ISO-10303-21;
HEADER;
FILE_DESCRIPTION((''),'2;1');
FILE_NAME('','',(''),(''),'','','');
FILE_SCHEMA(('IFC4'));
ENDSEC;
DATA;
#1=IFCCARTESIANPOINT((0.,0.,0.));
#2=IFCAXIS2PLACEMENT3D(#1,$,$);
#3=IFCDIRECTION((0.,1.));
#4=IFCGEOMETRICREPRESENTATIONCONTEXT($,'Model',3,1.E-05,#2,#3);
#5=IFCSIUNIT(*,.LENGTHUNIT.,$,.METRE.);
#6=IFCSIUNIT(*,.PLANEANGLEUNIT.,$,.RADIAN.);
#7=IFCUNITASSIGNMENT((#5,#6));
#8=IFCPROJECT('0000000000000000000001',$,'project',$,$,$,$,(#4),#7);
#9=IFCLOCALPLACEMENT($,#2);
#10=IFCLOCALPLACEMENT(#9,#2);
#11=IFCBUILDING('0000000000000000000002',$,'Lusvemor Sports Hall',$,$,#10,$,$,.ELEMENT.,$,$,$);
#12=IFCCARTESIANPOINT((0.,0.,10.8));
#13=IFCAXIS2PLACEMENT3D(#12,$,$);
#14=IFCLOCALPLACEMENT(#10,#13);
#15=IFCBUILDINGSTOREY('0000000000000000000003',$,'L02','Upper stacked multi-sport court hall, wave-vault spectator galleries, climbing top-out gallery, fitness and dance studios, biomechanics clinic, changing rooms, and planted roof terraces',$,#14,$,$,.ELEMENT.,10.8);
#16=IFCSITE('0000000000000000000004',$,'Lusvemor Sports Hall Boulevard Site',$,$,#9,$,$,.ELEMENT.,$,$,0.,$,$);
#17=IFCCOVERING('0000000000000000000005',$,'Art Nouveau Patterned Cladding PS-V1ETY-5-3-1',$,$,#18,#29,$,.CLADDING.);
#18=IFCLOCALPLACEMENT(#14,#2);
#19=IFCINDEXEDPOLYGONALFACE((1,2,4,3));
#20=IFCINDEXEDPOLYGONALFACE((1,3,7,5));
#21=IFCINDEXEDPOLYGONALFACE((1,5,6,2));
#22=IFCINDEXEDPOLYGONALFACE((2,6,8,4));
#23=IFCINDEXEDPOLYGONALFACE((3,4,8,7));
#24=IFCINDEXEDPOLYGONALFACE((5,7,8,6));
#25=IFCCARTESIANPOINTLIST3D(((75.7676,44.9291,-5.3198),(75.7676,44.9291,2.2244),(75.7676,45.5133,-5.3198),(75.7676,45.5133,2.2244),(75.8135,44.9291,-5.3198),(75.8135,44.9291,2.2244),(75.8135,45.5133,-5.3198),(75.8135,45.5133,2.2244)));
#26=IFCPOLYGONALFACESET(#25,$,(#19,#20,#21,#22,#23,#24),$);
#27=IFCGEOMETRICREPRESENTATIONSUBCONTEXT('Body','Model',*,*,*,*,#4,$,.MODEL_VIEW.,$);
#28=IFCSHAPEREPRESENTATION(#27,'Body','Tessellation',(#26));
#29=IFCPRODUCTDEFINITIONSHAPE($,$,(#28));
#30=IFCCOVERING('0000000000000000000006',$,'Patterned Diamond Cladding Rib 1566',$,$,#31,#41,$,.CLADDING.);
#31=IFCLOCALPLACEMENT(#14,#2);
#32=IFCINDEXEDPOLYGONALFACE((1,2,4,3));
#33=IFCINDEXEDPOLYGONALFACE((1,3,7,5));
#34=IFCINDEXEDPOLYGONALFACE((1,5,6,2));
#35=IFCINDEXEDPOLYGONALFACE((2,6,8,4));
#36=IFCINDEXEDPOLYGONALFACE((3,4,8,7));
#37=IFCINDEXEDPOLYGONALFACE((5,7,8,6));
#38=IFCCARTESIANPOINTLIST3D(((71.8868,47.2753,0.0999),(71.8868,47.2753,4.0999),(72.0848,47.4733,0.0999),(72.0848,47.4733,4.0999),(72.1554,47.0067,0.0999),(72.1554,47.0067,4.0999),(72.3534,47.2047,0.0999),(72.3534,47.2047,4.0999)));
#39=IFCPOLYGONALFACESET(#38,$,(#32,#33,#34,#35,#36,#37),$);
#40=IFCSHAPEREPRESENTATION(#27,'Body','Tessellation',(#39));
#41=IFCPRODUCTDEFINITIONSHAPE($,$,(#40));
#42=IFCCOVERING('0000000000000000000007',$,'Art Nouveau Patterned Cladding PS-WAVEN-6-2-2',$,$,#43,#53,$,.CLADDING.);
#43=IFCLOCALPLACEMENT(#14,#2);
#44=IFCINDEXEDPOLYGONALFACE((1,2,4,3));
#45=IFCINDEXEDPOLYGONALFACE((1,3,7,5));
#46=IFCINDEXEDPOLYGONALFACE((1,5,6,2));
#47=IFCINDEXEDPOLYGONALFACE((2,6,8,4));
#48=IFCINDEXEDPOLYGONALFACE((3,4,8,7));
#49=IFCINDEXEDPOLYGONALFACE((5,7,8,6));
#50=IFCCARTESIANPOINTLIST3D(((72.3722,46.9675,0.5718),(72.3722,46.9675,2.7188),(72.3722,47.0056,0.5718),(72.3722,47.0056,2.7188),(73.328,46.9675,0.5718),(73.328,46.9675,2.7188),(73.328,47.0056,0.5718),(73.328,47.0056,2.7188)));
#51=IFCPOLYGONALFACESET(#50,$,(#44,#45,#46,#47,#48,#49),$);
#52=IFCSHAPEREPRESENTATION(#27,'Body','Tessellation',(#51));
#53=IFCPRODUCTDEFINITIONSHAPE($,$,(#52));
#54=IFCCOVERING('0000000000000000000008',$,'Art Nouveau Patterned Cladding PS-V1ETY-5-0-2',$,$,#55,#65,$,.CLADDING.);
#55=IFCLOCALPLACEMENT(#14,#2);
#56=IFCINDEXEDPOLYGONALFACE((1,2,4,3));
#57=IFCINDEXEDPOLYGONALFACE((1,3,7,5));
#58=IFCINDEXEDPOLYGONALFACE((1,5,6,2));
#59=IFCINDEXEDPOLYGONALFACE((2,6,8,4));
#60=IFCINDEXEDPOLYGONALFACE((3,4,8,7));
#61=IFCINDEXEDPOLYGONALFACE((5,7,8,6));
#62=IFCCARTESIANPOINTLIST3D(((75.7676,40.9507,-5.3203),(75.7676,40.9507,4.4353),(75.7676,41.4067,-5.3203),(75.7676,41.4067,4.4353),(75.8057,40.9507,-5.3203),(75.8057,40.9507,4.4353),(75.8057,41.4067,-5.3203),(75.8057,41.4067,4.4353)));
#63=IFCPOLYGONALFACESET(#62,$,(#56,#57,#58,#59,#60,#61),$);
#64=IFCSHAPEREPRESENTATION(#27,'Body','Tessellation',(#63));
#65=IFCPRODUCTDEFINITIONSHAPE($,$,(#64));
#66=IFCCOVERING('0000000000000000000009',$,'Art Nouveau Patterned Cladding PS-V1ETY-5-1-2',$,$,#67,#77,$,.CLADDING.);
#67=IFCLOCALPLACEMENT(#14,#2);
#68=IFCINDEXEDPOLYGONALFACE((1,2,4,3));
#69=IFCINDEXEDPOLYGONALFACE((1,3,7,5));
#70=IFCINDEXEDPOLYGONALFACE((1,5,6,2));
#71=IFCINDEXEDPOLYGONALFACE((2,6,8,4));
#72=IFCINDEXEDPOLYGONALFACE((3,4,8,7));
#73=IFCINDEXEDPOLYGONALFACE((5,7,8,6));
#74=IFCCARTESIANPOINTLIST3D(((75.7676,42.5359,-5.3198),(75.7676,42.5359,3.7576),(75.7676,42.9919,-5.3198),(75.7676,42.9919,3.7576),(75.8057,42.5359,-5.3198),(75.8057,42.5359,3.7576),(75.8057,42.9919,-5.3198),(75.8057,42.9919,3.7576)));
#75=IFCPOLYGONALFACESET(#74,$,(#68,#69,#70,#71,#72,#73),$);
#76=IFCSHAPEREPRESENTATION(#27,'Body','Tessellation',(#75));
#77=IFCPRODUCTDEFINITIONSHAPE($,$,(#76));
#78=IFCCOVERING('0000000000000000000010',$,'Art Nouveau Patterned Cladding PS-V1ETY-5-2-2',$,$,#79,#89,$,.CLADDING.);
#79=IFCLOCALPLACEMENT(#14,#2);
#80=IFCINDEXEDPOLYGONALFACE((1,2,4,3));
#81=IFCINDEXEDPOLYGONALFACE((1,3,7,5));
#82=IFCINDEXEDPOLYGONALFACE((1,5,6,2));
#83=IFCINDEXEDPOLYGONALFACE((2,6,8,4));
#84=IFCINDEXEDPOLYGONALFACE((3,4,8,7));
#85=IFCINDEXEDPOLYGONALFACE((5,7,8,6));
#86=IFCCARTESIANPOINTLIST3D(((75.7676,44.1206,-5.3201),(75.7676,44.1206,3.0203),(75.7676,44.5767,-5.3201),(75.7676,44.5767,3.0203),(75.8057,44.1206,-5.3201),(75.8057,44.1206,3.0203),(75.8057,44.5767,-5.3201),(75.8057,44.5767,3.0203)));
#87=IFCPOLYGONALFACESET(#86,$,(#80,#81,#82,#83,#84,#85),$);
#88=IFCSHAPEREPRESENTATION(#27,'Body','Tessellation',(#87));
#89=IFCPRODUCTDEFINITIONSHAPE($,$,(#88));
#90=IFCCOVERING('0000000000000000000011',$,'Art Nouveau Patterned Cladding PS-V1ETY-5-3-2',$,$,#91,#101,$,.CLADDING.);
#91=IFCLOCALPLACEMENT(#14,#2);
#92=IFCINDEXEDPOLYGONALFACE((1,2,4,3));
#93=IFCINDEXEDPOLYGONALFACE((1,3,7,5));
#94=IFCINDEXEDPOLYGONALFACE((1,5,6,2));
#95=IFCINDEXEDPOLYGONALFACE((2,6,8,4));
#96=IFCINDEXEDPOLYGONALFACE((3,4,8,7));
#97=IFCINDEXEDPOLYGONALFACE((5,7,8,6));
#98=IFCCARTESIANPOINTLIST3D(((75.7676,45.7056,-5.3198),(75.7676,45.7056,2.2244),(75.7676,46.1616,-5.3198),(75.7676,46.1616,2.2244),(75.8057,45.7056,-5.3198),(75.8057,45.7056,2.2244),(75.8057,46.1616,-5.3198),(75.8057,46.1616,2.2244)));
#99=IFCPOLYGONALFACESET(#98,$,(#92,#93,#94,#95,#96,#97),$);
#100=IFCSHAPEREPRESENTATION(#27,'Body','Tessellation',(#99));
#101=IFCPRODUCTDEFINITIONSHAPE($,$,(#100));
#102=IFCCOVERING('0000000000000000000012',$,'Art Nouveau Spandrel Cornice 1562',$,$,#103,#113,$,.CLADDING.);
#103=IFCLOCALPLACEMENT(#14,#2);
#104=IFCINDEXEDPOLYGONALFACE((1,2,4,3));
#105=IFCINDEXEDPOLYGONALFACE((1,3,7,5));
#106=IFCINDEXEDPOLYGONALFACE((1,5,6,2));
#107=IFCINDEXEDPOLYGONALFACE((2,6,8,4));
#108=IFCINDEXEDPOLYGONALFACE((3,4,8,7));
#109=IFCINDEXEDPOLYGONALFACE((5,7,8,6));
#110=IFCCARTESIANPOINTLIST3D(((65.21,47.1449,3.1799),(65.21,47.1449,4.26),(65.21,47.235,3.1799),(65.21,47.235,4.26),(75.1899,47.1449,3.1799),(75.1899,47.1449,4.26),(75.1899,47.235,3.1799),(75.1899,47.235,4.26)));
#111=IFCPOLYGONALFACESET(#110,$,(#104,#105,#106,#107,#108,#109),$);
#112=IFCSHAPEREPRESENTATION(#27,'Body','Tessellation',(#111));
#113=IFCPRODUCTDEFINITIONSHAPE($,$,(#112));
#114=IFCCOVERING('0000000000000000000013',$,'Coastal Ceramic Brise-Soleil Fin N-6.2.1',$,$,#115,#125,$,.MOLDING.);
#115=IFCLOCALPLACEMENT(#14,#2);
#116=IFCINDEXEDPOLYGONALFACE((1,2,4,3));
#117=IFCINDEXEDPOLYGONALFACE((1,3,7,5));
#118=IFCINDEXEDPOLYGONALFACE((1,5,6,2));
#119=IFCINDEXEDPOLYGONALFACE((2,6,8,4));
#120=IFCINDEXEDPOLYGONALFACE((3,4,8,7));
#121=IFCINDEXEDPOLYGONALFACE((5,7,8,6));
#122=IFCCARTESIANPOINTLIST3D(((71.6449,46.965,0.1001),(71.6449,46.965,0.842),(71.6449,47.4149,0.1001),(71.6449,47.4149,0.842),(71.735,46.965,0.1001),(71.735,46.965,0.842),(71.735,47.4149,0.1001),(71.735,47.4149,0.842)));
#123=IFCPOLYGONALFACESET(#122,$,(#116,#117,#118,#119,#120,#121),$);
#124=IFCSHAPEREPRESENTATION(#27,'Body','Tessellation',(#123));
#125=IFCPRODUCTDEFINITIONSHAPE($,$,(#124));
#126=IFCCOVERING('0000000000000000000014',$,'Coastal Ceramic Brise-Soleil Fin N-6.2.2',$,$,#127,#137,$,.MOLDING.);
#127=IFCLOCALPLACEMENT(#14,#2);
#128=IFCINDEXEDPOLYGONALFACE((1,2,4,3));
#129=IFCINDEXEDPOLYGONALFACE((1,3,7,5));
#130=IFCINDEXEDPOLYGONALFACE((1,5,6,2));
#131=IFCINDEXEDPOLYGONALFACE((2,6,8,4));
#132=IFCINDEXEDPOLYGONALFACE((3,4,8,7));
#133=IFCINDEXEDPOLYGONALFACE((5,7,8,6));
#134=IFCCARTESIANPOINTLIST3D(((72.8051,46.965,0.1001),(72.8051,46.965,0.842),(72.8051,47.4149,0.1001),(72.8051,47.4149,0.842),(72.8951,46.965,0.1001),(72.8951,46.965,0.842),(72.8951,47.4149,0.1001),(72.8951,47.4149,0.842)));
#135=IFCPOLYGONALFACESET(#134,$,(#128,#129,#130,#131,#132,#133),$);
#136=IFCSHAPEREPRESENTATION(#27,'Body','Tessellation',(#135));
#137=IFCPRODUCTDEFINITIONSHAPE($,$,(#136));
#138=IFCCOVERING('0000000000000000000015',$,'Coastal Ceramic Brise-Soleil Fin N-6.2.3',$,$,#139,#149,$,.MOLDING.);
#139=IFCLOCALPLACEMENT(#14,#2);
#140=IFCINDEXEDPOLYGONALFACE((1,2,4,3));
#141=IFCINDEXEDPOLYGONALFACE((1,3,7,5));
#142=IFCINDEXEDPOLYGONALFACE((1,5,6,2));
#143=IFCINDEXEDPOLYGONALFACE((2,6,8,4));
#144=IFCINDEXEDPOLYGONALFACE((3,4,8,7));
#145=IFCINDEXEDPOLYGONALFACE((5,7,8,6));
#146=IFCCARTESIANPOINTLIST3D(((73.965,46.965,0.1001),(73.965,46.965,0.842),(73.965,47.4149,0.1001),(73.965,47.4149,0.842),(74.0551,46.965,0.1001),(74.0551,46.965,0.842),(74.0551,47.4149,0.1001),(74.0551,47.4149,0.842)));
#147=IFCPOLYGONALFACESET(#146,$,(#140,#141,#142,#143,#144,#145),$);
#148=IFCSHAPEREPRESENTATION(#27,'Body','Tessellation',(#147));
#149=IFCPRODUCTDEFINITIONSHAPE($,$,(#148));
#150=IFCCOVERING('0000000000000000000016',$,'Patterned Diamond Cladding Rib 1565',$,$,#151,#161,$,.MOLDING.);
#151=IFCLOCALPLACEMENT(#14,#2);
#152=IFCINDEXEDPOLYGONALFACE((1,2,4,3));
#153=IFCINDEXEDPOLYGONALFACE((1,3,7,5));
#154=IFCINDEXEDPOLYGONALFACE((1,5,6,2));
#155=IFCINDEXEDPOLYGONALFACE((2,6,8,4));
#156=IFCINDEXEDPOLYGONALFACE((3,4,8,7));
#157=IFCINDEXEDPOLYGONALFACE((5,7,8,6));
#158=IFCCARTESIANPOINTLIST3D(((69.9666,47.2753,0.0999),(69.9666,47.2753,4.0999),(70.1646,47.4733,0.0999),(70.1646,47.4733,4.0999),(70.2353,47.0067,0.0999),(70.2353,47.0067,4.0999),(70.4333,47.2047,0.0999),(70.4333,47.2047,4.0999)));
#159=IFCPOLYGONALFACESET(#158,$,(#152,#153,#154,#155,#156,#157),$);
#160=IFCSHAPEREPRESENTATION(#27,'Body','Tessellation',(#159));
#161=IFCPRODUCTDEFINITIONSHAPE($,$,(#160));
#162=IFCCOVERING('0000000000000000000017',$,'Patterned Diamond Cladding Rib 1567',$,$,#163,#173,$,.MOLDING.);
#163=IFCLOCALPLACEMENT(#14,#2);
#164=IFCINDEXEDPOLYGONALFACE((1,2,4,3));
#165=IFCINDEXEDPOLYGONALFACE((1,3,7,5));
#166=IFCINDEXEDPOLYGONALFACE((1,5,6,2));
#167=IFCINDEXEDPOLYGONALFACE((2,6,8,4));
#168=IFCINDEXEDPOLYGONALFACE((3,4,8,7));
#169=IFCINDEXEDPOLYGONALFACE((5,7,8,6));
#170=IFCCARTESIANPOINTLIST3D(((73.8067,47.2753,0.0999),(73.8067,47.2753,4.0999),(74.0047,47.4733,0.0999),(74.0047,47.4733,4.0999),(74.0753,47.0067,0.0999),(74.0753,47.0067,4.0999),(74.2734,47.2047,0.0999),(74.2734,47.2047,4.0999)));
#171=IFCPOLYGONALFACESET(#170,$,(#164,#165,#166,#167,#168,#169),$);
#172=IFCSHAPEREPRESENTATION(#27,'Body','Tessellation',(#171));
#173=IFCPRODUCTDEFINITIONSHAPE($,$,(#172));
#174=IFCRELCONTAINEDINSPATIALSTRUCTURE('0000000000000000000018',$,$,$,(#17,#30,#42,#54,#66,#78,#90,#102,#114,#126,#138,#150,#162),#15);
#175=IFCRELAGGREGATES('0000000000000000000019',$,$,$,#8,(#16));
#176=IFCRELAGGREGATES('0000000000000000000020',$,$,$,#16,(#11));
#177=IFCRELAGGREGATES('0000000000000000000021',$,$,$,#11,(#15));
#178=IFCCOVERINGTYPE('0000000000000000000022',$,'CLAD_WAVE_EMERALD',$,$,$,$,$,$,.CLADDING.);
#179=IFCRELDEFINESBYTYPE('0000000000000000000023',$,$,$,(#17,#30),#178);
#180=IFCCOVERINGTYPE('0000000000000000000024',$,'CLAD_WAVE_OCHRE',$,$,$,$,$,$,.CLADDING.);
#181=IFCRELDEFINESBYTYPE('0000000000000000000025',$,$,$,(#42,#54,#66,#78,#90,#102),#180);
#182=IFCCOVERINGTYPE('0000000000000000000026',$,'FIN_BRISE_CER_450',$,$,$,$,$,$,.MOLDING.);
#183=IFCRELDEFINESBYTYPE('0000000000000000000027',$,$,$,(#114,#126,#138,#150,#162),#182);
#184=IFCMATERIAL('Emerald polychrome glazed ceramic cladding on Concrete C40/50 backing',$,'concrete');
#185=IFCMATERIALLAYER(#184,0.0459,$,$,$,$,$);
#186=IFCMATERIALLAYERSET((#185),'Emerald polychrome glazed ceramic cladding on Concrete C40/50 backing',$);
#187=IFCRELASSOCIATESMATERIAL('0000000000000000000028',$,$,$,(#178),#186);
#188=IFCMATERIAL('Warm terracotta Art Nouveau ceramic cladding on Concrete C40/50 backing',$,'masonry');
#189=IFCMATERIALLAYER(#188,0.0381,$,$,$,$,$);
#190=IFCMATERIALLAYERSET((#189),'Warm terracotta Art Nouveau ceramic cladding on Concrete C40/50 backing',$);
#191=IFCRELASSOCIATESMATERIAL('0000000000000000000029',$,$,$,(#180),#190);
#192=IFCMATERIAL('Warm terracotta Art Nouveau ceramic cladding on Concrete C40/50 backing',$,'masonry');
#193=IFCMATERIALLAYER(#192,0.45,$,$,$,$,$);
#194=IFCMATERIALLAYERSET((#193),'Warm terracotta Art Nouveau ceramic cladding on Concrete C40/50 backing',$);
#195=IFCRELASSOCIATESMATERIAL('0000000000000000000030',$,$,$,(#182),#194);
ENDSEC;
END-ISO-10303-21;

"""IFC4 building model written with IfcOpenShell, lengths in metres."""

from ifc_helpers import new_model, si_unit, direction, frame, origin, origin_2d, place, context, subcontext, project, spatial, rectangle, extrude, material, layer, layer_set, type_object, element, save


model = new_model("IFC4")

# Units and contexts
model_context = context("Model", 3, precision=1e-05, world=origin(), true_north=direction((0.0, 1.0)))
body_context = subcontext(model_context, "Body", "Model", "MODEL_VIEW")
ifc_project = project(units=[si_unit("LENGTHUNIT", "METRE"), si_unit("PLANEANGLEUNIT", "RADIAN")], contexts=[model_context])

# Site, building, storey
site_placement = place(None, origin())
site = spatial("IfcSite", under=ifc_project, at=site_placement, Name="Lusvemor Sports Hall Boulevard Site", CompositionType="ELEMENT", RefElevation=0.0)
building_placement = place(site_placement, origin())
building = spatial("IfcBuilding", under=site, at=building_placement, Name="Lusvemor Sports Hall", CompositionType="ELEMENT")
storey_placement = place(building_placement, frame((0.0, 0.0, 10.8)))
storey = spatial("IfcBuildingStorey", under=building, at=storey_placement, Name="L02", Description="Upper stacked multi-sport court hall, wave-vault spectator galleries, climbing top-out gallery, fitness and dance studios, biomechanics clinic, changing rooms, and planted roof terraces", CompositionType="ELEMENT", Elevation=10.8)

# Coverings
ifc_material_1 = material(Name="Emerald polychrome glazed ceramic cladding on Concrete C40/50 backing", Category="concrete")
ifc_layer_1 = layer(ifc_material_1, 0.0459)
ifc_layer_set_1 = layer_set([ifc_layer_1], Name="Emerald polychrome glazed ceramic cladding on Concrete C40/50 backing")
covering_type_1 = type_object("IfcCoveringType", Name="CLAD_WAVE_EMERALD", PredefinedType="CLADDING", material=ifc_layer_set_1)
covering_1_placement = place(storey_placement, frame((75.7905, 45.2212, -5.3198), z_axis=(0.0, 0.0, 1.0), x_axis=(1.0, 0.0, 0.0)))
element("IfcCovering", 1, at=covering_1_placement, inside=storey, type_object=covering_type_1, Name="Art Nouveau Patterned Cladding PS-V1ETY-5-3-1", PredefinedType="CLADDING", context=body_context, shape_type="SweptSolid", body=[
    extrude(rectangle(XDim=0.0459, YDim=0.5842, at=origin_2d()), origin(), (0.0, 0.0, 1.0), 7.5442),
])
covering_2_placement = place(storey_placement, frame((72.1201, 47.24, 0.0999), z_axis=(0.0, 0.0, 1.0), x_axis=(0.707107, 0.707107, 0.0)))
element("IfcCovering", 2, at=covering_2_placement, inside=storey, type_object=covering_type_1, Name="Patterned Diamond Cladding Rib 1566", PredefinedType="CLADDING", context=body_context, shape_type="SweptSolid", body=[
    extrude(rectangle(XDim=0.28, YDim=0.3799, at=origin_2d()), origin(), (0.0, 0.0, 1.0), 4.0),
])
ifc_material_2 = material(Name="Warm terracotta Art Nouveau ceramic cladding on Concrete C40/50 backing", Category="masonry")
ifc_layer_2 = layer(ifc_material_2, 0.0381)
ifc_layer_set_2 = layer_set([ifc_layer_2], Name="Warm terracotta Art Nouveau ceramic cladding on Concrete C40/50 backing")
covering_type_2 = type_object("IfcCoveringType", Name="CLAD_WAVE_OCHRE", PredefinedType="CLADDING", material=ifc_layer_set_2)
covering_3_placement = place(storey_placement, frame((72.8501, 46.9866, 0.5718), z_axis=(0.0, 0.0, 1.0), x_axis=(1.0, 0.0, 0.0)))
element("IfcCovering", 3, at=covering_3_placement, inside=storey, type_object=covering_type_2, Name="Art Nouveau Patterned Cladding PS-WAVEN-6-2-2", PredefinedType="CLADDING", context=body_context, shape_type="SweptSolid", body=[
    extrude(rectangle(XDim=0.9558, YDim=0.0381, at=origin_2d()), origin(), (0.0, 0.0, 1.0), 2.147),
])
covering_4_placement = place(storey_placement, frame((75.7866, 41.1787, -5.3203), z_axis=(0.0, 0.0, 1.0), x_axis=(1.0, 0.0, 0.0)))
element("IfcCovering", 4, at=covering_4_placement, inside=storey, type_object=covering_type_2, Name="Art Nouveau Patterned Cladding PS-V1ETY-5-0-2", PredefinedType="CLADDING", context=body_context, shape_type="SweptSolid", body=[
    extrude(rectangle(XDim=0.0381, YDim=0.4561, at=origin_2d()), origin(), (0.0, 0.0, 1.0), 9.7556),
])
covering_5_placement = place(storey_placement, frame((75.7866, 42.7639, -5.3198), z_axis=(0.0, 0.0, 1.0), x_axis=(1.0, 0.0, 0.0)))
element("IfcCovering", 5, at=covering_5_placement, inside=storey, type_object=covering_type_2, Name="Art Nouveau Patterned Cladding PS-V1ETY-5-1-2", PredefinedType="CLADDING", context=body_context, shape_type="SweptSolid", body=[
    extrude(rectangle(XDim=0.0381, YDim=0.4561, at=origin_2d()), origin(), (0.0, 0.0, 1.0), 9.0774),
])
covering_6_placement = place(storey_placement, frame((75.7866, 44.3486, -5.3201), z_axis=(0.0, 0.0, 1.0), x_axis=(1.0, 0.0, 0.0)))
element("IfcCovering", 6, at=covering_6_placement, inside=storey, type_object=covering_type_2, Name="Art Nouveau Patterned Cladding PS-V1ETY-5-2-2", PredefinedType="CLADDING", context=body_context, shape_type="SweptSolid", body=[
    extrude(rectangle(XDim=0.0381, YDim=0.4561, at=origin_2d()), origin(), (0.0, 0.0, 1.0), 8.3403),
])
covering_7_placement = place(storey_placement, frame((75.7866, 45.9336, -5.3198), z_axis=(0.0, 0.0, 1.0), x_axis=(1.0, 0.0, 0.0)))
element("IfcCovering", 7, at=covering_7_placement, inside=storey, type_object=covering_type_2, Name="Art Nouveau Patterned Cladding PS-V1ETY-5-3-2", PredefinedType="CLADDING", context=body_context, shape_type="SweptSolid", body=[
    extrude(rectangle(XDim=0.0381, YDim=0.4561, at=origin_2d()), origin(), (0.0, 0.0, 1.0), 7.5442),
])
covering_8_placement = place(storey_placement, frame((70.2, 47.1899, 3.1799), z_axis=(0.0, 0.0, 1.0), x_axis=(1.0, 0.0, 0.0)))
element("IfcCovering", 8, at=covering_8_placement, inside=storey, type_object=covering_type_2, Name="Art Nouveau Spandrel Cornice 1562", PredefinedType="CLADDING", context=body_context, shape_type="SweptSolid", body=[
    extrude(rectangle(XDim=9.98, YDim=0.0901, at=origin_2d()), origin(), (0.0, 0.0, 1.0), 1.0801),
])
ifc_material_3 = material(Name="Warm terracotta Art Nouveau ceramic cladding on Concrete C40/50 backing", Category="masonry")
ifc_layer_3 = layer(ifc_material_3, 0.45)
ifc_layer_set_3 = layer_set([ifc_layer_3], Name="Warm terracotta Art Nouveau ceramic cladding on Concrete C40/50 backing")
covering_type_3 = type_object("IfcCoveringType", Name="FIN_BRISE_CER_450", PredefinedType="MOLDING", material=ifc_layer_set_3)
for number, where, z_axis, x_axis, name in (
    (9, (71.6899, 47.1899, 0.1001), (0.0, 0.0, 1.0), (1.0, 0.0, 0.0), "Coastal Ceramic Brise-Soleil Fin N-6.2.1"),
    (10, (72.8501, 47.1899, 0.1001), (0.0, 0.0, 1.0), (1.0, 0.0, 0.0), "Coastal Ceramic Brise-Soleil Fin N-6.2.2"),
    (11, (74.01, 47.1899, 0.1001), (0.0, 0.0, 1.0), (1.0, 0.0, 0.0), "Coastal Ceramic Brise-Soleil Fin N-6.2.3"),
):
    element("IfcCovering", number, at=place(storey_placement, frame(where, z_axis=z_axis, x_axis=x_axis)), inside=storey, type_object=covering_type_3, Name=name, PredefinedType="MOLDING", context=body_context, shape_type="SweptSolid", body=[
        extrude(rectangle(XDim=0.0901, YDim=0.45, at=origin_2d()), origin(), (0.0, 0.0, 1.0), 0.7419),
    ])
for number, where, z_axis, x_axis, name in (
    (12, (70.2, 47.24, 0.0999), (0.0, 0.0, 1.0), (0.707107, 0.707107, 0.0), "Patterned Diamond Cladding Rib 1565"),
    (13, (74.04, 47.24, 0.0999), (0.0, 0.0, 1.0), (0.707107, 0.707107, 0.0), "Patterned Diamond Cladding Rib 1567"),
):
    element("IfcCovering", number, at=place(storey_placement, frame(where, z_axis=z_axis, x_axis=x_axis)), inside=storey, type_object=covering_type_3, Name=name, PredefinedType="MOLDING", context=body_context, shape_type="SweptSolid", body=[
        extrude(rectangle(XDim=0.28, YDim=0.3799, at=origin_2d()), origin(), (0.0, 0.0, 1.0), 4.0),
    ])

save(model, "model.ifc")
